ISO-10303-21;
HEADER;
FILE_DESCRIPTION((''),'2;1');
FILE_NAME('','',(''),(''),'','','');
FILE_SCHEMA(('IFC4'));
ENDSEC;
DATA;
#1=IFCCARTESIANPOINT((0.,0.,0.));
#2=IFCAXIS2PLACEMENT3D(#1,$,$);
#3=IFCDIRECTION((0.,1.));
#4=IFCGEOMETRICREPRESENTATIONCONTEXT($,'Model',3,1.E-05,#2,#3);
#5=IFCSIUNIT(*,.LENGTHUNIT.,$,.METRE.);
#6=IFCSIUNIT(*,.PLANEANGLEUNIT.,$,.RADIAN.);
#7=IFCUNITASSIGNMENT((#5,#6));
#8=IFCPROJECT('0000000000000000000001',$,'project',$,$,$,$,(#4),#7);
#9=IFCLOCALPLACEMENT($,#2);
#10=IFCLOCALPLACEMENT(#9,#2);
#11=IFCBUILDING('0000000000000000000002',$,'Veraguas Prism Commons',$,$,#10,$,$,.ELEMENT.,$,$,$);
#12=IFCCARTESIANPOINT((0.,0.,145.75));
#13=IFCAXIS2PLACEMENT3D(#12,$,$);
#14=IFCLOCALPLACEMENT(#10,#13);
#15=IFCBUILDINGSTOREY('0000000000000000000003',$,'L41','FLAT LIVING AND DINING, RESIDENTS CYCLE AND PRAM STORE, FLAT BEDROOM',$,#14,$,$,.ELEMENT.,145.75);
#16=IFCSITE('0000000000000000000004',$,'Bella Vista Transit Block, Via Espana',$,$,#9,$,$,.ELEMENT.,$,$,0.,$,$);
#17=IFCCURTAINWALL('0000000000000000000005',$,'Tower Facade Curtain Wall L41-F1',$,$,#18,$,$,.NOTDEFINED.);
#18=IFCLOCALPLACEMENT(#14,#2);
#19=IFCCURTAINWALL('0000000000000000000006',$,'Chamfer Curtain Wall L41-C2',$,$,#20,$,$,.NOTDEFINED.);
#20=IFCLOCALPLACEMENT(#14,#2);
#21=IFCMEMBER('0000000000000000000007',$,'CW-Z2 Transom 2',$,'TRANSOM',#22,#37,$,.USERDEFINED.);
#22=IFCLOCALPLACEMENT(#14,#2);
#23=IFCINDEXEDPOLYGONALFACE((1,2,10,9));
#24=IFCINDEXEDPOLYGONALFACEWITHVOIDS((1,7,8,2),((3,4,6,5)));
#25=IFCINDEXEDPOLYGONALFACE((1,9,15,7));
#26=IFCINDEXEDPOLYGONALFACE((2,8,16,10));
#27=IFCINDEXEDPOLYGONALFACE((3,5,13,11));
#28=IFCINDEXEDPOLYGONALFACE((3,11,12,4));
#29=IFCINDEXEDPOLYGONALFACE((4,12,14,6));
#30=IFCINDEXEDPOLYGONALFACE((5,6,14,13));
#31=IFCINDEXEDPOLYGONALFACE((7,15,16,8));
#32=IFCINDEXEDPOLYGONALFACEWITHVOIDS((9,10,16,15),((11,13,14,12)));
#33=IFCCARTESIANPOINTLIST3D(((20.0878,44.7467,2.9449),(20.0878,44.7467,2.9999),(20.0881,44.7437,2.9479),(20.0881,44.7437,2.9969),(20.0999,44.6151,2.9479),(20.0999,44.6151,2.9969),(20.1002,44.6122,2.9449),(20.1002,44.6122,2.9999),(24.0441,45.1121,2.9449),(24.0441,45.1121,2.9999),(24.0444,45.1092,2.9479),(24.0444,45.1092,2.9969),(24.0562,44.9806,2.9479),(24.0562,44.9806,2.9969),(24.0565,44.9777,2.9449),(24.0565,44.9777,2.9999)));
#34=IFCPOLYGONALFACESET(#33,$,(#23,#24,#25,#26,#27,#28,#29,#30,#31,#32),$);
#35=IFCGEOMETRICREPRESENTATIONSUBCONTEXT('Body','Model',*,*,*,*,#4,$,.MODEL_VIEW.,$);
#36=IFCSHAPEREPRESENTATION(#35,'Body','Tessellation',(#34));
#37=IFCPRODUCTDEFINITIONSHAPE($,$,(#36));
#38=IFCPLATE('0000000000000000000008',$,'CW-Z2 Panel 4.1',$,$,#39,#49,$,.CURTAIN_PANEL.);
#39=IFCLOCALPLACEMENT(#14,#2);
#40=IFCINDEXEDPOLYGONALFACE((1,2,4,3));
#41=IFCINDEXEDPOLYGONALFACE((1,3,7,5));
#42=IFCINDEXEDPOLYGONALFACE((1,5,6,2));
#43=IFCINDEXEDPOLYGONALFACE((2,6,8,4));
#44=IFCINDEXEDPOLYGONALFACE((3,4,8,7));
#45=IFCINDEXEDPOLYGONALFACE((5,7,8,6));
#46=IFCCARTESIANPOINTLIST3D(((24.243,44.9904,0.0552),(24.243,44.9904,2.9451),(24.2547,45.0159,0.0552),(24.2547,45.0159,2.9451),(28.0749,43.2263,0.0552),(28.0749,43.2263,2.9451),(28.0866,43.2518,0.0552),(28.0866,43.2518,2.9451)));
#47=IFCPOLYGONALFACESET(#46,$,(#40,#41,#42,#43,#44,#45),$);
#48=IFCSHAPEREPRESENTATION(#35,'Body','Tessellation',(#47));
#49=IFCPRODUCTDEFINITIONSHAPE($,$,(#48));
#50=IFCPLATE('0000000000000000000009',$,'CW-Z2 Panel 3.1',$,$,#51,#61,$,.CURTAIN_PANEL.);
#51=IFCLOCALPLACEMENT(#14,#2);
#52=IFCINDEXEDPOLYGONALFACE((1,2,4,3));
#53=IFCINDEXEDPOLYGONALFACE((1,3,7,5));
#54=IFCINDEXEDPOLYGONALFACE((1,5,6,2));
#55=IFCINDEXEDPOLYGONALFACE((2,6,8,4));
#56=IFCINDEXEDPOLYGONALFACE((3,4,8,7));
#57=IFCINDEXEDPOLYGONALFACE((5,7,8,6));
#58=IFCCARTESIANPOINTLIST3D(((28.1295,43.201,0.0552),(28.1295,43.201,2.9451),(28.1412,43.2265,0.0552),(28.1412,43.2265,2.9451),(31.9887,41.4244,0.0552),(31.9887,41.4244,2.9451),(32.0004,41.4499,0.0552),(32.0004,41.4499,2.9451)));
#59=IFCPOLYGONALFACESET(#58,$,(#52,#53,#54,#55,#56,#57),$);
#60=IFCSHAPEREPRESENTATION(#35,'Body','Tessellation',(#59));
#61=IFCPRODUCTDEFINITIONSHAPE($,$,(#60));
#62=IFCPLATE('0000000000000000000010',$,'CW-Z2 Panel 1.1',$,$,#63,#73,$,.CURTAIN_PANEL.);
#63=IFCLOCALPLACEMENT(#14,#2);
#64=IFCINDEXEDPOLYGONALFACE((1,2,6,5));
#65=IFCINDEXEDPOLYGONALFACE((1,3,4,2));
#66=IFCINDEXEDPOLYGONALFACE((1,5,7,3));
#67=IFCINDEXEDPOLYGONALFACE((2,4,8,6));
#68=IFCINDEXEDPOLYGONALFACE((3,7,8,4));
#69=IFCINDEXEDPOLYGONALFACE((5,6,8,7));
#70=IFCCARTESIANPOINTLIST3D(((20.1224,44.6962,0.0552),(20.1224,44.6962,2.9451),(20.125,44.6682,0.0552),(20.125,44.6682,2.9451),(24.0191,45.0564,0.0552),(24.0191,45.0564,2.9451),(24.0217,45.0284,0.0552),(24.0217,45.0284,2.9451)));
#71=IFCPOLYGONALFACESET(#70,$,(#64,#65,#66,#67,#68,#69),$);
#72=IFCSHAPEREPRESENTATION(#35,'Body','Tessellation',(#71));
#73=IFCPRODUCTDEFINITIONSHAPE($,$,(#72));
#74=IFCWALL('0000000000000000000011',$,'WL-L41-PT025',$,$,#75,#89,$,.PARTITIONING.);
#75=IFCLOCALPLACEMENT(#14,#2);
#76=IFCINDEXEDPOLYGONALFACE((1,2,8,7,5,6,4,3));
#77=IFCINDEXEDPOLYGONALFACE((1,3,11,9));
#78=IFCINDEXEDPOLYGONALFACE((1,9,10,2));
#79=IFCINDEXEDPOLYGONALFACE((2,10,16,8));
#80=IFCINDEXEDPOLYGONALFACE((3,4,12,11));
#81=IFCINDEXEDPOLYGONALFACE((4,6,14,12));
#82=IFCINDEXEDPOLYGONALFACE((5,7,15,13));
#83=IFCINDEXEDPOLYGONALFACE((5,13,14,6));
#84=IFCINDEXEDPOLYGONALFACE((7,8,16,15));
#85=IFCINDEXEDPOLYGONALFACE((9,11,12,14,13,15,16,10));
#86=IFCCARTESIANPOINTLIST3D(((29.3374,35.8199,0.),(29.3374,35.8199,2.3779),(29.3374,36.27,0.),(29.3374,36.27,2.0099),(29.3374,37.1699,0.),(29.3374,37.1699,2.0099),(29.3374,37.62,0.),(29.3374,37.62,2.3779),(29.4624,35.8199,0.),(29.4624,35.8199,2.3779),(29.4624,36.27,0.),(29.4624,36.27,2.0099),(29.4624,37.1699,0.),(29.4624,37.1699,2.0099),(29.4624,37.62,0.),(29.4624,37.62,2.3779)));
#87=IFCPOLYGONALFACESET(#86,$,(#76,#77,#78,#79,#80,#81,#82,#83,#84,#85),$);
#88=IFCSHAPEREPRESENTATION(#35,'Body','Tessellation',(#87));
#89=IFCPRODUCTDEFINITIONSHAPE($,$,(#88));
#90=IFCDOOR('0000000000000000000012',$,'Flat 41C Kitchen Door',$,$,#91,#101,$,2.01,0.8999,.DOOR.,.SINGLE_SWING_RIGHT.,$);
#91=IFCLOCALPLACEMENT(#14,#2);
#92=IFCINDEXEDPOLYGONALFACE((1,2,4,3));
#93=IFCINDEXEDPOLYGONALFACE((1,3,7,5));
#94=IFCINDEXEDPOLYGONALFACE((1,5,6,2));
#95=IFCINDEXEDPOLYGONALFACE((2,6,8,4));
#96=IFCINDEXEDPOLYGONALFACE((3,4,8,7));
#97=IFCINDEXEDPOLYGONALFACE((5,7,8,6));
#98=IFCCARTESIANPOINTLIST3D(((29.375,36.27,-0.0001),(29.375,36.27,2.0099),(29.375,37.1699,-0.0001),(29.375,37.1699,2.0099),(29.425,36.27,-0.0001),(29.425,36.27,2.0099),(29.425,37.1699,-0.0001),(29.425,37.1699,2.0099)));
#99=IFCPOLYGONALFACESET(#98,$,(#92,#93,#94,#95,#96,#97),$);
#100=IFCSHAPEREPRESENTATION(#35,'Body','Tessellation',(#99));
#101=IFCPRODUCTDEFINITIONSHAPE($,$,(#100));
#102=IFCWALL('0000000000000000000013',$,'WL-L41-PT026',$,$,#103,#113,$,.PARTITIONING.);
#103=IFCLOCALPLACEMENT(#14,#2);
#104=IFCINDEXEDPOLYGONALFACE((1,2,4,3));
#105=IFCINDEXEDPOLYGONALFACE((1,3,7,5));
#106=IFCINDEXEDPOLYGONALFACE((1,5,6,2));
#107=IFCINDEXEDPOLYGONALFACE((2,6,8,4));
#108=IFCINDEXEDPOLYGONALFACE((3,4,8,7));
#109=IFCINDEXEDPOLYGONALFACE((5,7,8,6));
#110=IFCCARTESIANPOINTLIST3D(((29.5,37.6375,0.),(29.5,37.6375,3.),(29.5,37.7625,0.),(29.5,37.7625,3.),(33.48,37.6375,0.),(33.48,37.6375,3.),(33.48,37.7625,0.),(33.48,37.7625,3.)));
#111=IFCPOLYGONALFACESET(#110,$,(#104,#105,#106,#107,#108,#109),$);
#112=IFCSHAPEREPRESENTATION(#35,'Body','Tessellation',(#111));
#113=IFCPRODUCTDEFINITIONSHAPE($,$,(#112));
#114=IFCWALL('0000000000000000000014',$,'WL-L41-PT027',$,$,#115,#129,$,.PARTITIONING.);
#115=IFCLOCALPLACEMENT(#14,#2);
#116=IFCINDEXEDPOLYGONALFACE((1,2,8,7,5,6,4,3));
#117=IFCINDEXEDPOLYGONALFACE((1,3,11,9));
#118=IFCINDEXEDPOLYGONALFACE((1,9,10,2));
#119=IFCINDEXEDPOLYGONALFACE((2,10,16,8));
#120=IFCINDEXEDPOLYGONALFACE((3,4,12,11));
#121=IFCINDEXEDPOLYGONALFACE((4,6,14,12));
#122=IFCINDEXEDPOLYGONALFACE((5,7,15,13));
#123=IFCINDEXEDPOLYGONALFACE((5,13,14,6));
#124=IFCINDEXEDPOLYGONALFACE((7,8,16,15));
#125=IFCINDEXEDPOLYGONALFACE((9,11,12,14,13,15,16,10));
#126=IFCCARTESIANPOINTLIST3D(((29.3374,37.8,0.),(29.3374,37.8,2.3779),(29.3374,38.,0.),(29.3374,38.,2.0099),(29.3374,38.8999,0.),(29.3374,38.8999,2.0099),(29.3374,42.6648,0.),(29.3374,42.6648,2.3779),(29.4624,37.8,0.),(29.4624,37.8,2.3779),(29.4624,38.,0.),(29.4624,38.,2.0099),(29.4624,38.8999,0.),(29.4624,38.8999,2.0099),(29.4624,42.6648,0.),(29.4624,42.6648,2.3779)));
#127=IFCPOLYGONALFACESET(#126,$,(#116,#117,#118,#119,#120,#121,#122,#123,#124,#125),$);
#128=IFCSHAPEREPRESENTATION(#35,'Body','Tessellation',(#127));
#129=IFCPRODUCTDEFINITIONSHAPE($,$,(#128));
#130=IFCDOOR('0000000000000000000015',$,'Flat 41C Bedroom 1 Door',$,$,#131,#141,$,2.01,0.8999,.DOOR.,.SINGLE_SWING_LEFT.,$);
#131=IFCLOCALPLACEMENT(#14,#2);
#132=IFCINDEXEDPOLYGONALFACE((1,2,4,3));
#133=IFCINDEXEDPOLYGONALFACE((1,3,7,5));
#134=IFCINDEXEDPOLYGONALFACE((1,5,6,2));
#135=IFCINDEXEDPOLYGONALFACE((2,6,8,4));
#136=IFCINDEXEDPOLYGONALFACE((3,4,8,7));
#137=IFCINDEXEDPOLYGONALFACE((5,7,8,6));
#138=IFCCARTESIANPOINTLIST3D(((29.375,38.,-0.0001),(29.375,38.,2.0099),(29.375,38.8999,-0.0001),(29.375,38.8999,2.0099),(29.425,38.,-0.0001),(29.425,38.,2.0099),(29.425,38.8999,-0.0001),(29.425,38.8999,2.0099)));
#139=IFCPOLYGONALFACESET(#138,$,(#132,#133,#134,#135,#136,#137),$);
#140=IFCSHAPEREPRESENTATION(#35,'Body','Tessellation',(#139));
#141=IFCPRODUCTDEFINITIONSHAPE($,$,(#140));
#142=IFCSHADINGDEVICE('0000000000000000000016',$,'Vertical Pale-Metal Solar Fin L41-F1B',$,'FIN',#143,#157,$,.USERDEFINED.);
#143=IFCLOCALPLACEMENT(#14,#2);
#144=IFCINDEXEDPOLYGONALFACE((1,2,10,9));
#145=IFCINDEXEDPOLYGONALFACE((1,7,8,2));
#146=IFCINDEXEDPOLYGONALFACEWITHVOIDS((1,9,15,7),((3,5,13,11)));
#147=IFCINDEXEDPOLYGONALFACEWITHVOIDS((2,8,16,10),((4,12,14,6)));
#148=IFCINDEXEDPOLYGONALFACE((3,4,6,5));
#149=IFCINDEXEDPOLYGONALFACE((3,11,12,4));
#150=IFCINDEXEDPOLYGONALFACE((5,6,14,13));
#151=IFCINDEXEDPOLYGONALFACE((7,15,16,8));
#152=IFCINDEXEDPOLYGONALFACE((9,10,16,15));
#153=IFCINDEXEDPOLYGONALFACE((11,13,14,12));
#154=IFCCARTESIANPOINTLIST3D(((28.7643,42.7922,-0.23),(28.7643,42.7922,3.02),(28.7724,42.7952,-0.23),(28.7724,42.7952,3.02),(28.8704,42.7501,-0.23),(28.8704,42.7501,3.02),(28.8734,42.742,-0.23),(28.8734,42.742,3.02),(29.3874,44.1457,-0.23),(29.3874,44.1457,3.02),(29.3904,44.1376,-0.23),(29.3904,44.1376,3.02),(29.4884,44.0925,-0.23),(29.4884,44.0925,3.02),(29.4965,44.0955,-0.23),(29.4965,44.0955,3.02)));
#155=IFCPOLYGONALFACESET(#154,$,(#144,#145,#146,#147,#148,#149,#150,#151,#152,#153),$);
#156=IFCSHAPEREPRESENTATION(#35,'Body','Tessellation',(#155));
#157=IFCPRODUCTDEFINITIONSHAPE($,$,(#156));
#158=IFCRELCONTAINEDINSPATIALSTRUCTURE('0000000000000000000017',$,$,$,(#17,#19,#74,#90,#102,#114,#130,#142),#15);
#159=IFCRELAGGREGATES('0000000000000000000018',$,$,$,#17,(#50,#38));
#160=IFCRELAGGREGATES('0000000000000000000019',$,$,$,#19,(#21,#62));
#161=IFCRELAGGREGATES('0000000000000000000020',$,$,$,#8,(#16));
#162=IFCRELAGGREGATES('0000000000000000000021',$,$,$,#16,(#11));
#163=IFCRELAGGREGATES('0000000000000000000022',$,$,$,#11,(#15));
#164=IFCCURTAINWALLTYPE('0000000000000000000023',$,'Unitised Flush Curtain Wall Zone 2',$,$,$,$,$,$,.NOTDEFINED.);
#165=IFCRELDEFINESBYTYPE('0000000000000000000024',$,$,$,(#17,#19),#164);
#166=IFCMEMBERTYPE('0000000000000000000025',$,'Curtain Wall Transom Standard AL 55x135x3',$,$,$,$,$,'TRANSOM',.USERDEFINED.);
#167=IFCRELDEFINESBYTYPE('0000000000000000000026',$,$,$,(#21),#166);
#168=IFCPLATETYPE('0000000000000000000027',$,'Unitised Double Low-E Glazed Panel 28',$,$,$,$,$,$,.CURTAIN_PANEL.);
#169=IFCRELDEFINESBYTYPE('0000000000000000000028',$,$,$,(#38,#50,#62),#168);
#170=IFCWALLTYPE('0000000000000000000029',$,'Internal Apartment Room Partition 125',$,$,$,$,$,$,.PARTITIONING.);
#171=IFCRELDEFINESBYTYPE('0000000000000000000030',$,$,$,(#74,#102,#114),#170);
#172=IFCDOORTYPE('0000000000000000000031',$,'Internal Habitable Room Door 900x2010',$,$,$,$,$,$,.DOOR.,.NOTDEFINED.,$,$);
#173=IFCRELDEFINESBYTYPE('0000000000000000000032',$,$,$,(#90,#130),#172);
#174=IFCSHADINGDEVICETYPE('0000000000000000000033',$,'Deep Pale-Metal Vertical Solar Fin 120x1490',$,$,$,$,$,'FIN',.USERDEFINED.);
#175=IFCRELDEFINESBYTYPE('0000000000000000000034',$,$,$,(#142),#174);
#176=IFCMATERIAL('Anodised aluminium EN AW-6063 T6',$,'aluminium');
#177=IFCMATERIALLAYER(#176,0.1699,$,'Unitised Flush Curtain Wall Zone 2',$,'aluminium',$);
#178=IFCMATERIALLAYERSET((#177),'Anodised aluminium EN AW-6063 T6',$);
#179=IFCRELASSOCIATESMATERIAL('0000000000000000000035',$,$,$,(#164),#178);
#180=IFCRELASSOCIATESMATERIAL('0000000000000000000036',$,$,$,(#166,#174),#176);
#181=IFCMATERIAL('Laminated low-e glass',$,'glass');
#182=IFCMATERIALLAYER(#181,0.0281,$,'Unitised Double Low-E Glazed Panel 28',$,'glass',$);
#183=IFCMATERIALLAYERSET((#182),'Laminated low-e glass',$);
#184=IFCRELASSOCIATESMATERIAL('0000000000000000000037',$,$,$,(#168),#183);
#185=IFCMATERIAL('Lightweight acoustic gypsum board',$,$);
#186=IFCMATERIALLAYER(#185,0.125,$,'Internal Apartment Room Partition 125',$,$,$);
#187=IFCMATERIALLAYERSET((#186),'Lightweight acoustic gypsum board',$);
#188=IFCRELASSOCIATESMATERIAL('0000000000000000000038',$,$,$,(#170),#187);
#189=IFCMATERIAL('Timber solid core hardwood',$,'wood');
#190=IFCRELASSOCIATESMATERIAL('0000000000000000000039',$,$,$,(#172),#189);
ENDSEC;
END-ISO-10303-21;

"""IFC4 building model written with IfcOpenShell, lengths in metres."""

from ifc_helpers import new_model, si_unit, direction, frame, frame_2d, origin, origin_2d, place, context, subcontext, project, spatial, rectangle, hollow_rectangle, extrude, source, transform, mapped, material, layer, layer_set, material_profile, profile_set, type_object, element, fill, aggregate, save


model = new_model("IFC4")

# Units and contexts
model_context = context("Model", 3, precision=1e-05, world=origin(), true_north=direction((0.0, 1.0)))
body_context = subcontext(model_context, "Body", "Model", "MODEL_VIEW")
ifc_project = project(units=[si_unit("LENGTHUNIT", "METRE"), si_unit("PLANEANGLEUNIT", "RADIAN")], contexts=[model_context])

# Site, building, storey
site_placement = place(None, origin())
site = spatial("IfcSite", under=ifc_project, at=site_placement, Name="Bella Vista Transit Block, Via Espana", CompositionType="ELEMENT", RefElevation=0.0)
building_placement = place(site_placement, origin())
building = spatial("IfcBuilding", under=site, at=building_placement, Name="Veraguas Prism Commons", CompositionType="ELEMENT")
storey_placement = place(building_placement, frame((0.0, 0.0, 145.75)))
storey = spatial("IfcBuildingStorey", under=building, at=storey_placement, Name="L41", Description="FLAT LIVING AND DINING, RESIDENTS CYCLE AND PRAM STORE, FLAT BEDROOM", CompositionType="ELEMENT", Elevation=145.75)

# Curtain walls, member
ifc_material_1 = material(Name="Anodised aluminium EN AW-6063 T6", Category="aluminium")
ifc_layer_1 = layer(ifc_material_1, 0.1699, Name="Unitised Flush Curtain Wall Zone 2", Category="aluminium")
ifc_layer_set_1 = layer_set([ifc_layer_1], Name="Anodised aluminium EN AW-6063 T6")
curtain_wall_type = type_object("IfcCurtainWallType", Name="Unitised Flush Curtain Wall Zone 2", PredefinedType="NOTDEFINED", material=ifc_layer_set_1)
curtain_wall_1_placement = place(storey_placement, origin())
curtain_wall_1 = element("IfcCurtainWall", 1, at=curtain_wall_1_placement, inside=storey, type_object=curtain_wall_type, Name="Tower Facade Curtain Wall L41-F1", PredefinedType="NOTDEFINED")
curtain_wall_2_placement = place(storey_placement, origin())
curtain_wall_2 = element("IfcCurtainWall", 2, at=curtain_wall_2_placement, inside=storey, type_object=curtain_wall_type, Name="Chamfer Curtain Wall L41-C2", PredefinedType="NOTDEFINED")
ifc_material_profile_1 = material_profile(ifc_material_1, hollow_rectangle(XDim=0.0549, YDim=0.135, WallThickness=0.0029, at=origin_2d()), Name="AL55X135X3")
ifc_profile_set_1 = profile_set([ifc_material_profile_1], Name="Anodised aluminium EN AW-6063 T6")
member_type_1 = type_object("IfcMemberType", Name="Curtain Wall Transom Standard AL 55x135x3", ElementType="TRANSOM", PredefinedType="USERDEFINED", material=ifc_profile_set_1)
shared_shape_1 = source(origin(), body_context, "Body", "SweptSolid", [
    extrude(hollow_rectangle(XDim=0.0549, YDim=0.135, WallThickness=0.0029, at=origin_2d()), origin(), (0.0, 0.0, 1.0), 3.9731),
])
member_1_placement = place(storey_placement, frame((24.0503, 45.0449, 2.9724), z_axis=(-0.99576, -0.091987, 0.0), x_axis=(0.0, 0.0, 1.0)))
member_1 = element("IfcMember", 3, at=member_1_placement, type_object=member_type_1, Name="CW-Z2 Transom 2", ObjectType="TRANSOM", PredefinedType="USERDEFINED", context=body_context, shape_type="MappedRepresentation", body=[
    mapped(shared_shape_1, transform((0.0, 0.0, 0.0), scale=1.0)),
])

# Plates
ifc_material_2 = material(Name="Laminated low-e glass", Category="glass")
ifc_layer_2 = layer(ifc_material_2, 0.0281, Name="Unitised Double Low-E Glazed Panel 28", Category="glass")
ifc_layer_set_2 = layer_set([ifc_layer_2], Name="Laminated low-e glass")
plate_type = type_object("IfcPlateType", Name="Unitised Double Low-E Glazed Panel 28", PredefinedType="CURTAIN_PANEL", material=ifc_layer_set_2)
shared_shape_2 = source(origin(), body_context, "Body", "SweptSolid", [
    extrude(rectangle(XDim=4.2185, YDim=0.0281, at=origin_2d()), origin(), (0.0, 0.0, 1.0), 2.8899),
])
plate_1_placement = place(storey_placement, frame((26.1648, 44.1211, 0.0552), z_axis=(0.0, 0.0, 1.0), x_axis=(-0.908363, 0.418183, 0.0)))
plate_1 = element("IfcPlate", 4, at=plate_1_placement, type_object=plate_type, Name="CW-Z2 Panel 4.1", PredefinedType="CURTAIN_PANEL", context=body_context, shape_type="MappedRepresentation", body=[
    mapped(shared_shape_2, transform((0.0, 0.0, 0.0), scale=1.0)),
])
shared_shape_3 = source(origin(), body_context, "Body", "SweptSolid", [
    extrude(rectangle(XDim=4.2485, YDim=0.0281, at=origin_2d()), origin(), (0.0, 0.0, 1.0), 2.8899),
])
plate_2_placement = place(storey_placement, frame((30.0649, 42.3254, 0.0552), z_axis=(0.0, 0.0, 1.0), x_axis=(-0.908363, 0.418183, 0.0)))
plate_2 = element("IfcPlate", 5, at=plate_2_placement, type_object=plate_type, Name="CW-Z2 Panel 3.1", PredefinedType="CURTAIN_PANEL", context=body_context, shape_type="MappedRepresentation", body=[
    mapped(shared_shape_3, transform((0.0, 0.0, 0.0), scale=1.0)),
])
aggregate(curtain_wall_1, [plate_2, plate_1])
shared_shape_4 = source(origin(), body_context, "Body", "SweptSolid", [
    extrude(rectangle(XDim=3.9133, YDim=0.0281, at=origin_2d()), origin(), (0.0, 0.0, 1.0), 2.8899),
])
plate_3_placement = place(storey_placement, frame((22.072, 44.8623, 0.0552), z_axis=(0.0, 0.0, 1.0), x_axis=(-0.995756, -0.092035, 0.0)))
plate_3 = element("IfcPlate", 6, at=plate_3_placement, type_object=plate_type, Name="CW-Z2 Panel 1.1", PredefinedType="CURTAIN_PANEL", context=body_context, shape_type="MappedRepresentation", body=[
    mapped(shared_shape_4, transform((0.0, 0.0, 0.0), scale=1.0)),
])
aggregate(curtain_wall_2, [member_1, plate_3])

# Wall, opening, door
ifc_material_3 = material(Name="Lightweight acoustic gypsum board")
ifc_layer_3 = layer(ifc_material_3, 0.125, Name="Internal Apartment Room Partition 125")
ifc_layer_set_3 = layer_set([ifc_layer_3], Name="Lightweight acoustic gypsum board")
wall_type = type_object("IfcWallType", Name="Internal Apartment Room Partition 125", PredefinedType="PARTITIONING", material=ifc_layer_set_3)
wall_1_placement = place(storey_placement, frame((29.3999, 35.8201, 0.0), z_axis=(0.0, 0.0, 1.0), x_axis=(0.0, 1.0, 0.0)))
wall_1 = element("IfcWall", 7, at=wall_1_placement, inside=storey, type_object=wall_type, Name="WL-L41-PT025", PredefinedType="PARTITIONING", context=body_context, shape_type="SweptSolid", body=[
    extrude(rectangle(XDim=1.8, YDim=0.125, at=frame_2d((0.8999, 0.0))), origin(), (0.0, 0.0, 1.0), 2.3779),
])
opening_1_placement = place(wall_1_placement, frame((0.45, 0.0, 0.0)))
opening_1 = element("IfcOpeningElement", 8, at=opening_1_placement, cuts=wall_1, PredefinedType="OPENING", context=body_context, shape_type="SweptSolid", body=[
    extrude(rectangle(XDim=0.8999, YDim=2.01, at=frame_2d((0.45, 1.0049))), frame((0.0, 0.0725, 0.0), z_axis=(0.0, -1.0, 0.0), x_axis=(1.0, 0.0, 0.0)), (0.0, 0.0, 1.0), 0.145),
])
ifc_material_4 = material(Name="Timber solid core hardwood", Category="wood")
door_type = type_object("IfcDoorType", Name="Internal Habitable Room Door 900x2010", OperationType="NOTDEFINED", PredefinedType="DOOR", material=ifc_material_4)
shared_shape_5 = source(origin(), body_context, "Body", "SweptSolid", [
    extrude(rectangle(XDim=0.8999, YDim=2.01, at=frame_2d((0.45, 1.0049))), frame((0.0, 0.0249, 0.0), z_axis=(0.0, -1.0, 0.0), x_axis=(1.0, 0.0, 0.0)), (0.0, 0.0, 1.0), 0.05),
])
door_1_placement = place(opening_1_placement, origin())
door_1 = element("IfcDoor", 9, at=door_1_placement, inside=storey, type_object=door_type, Name="Flat 41C Kitchen Door", OperationType="SINGLE_SWING_RIGHT", OverallHeight=2.01, OverallWidth=0.8999, PredefinedType="DOOR", context=body_context, shape_type="MappedRepresentation", body=[
    mapped(shared_shape_5, transform((0.0, 0.0, 0.0), scale=1.0)),
])
fill(opening_1, door_1)

# Wall
wall_2_placement = place(storey_placement, frame((29.5, 37.7, 0.0), z_axis=(0.0, 0.0, 1.0), x_axis=(1.0, 0.0, 0.0)))
element("IfcWall", 10, at=wall_2_placement, inside=storey, type_object=wall_type, Name="WL-L41-PT026", PredefinedType="PARTITIONING", context=body_context, shape_type="SweptSolid", body=[
    extrude(rectangle(XDim=3.98, YDim=0.125, at=frame_2d((1.99, 0.0))), origin(), (0.0, 0.0, 1.0), 3.0),
])

# Wall, opening, door
wall_3_placement = place(storey_placement, frame((29.3999, 37.8, 0.0), z_axis=(0.0, 0.0, 1.0), x_axis=(0.0, 1.0, 0.0)))
wall_3 = element("IfcWall", 11, at=wall_3_placement, inside=storey, type_object=wall_type, Name="WL-L41-PT027", PredefinedType="PARTITIONING", context=body_context, shape_type="SweptSolid", body=[
    extrude(rectangle(XDim=4.8647, YDim=0.125, at=frame_2d((2.4324, 0.0))), origin(), (0.0, 0.0, 1.0), 2.3779),
])
opening_2_placement = place(wall_3_placement, frame((0.2, 0.0, 0.0)))
opening_2 = element("IfcOpeningElement", 12, at=opening_2_placement, cuts=wall_3, PredefinedType="OPENING", context=body_context, shape_type="SweptSolid", body=[
    extrude(rectangle(XDim=0.8999, YDim=2.01, at=frame_2d((0.45, 1.0049))), frame((0.0, 0.0725, 0.0), z_axis=(0.0, -1.0, 0.0), x_axis=(1.0, 0.0, 0.0)), (0.0, 0.0, 1.0), 0.145),
])
door_2_placement = place(opening_2_placement, origin())
door_2 = element("IfcDoor", 13, at=door_2_placement, inside=storey, type_object=door_type, Name="Flat 41C Bedroom 1 Door", OperationType="SINGLE_SWING_LEFT", OverallHeight=2.01, OverallWidth=0.8999, PredefinedType="DOOR", context=body_context, shape_type="MappedRepresentation", body=[
    mapped(shared_shape_5, transform((0.0, 0.0, 0.0), scale=1.0)),
])
fill(opening_2, door_2)

# Shading device
ifc_material_profile_2 = material_profile(ifc_material_1, hollow_rectangle(XDim=0.1201, YDim=1.49, WallThickness=0.0061, at=origin_2d()), Name="FIN120X1490X6")
ifc_profile_set_2 = profile_set([ifc_material_profile_2], Name="Anodised aluminium EN AW-6063 T6")
shading_device_type = type_object("IfcShadingDeviceType", Name="Deep Pale-Metal Vertical Solar Fin 120x1490", ElementType="FIN", PredefinedType="USERDEFINED", material=ifc_profile_set_2)
shading_device_placement = place(storey_placement, frame((29.1304, 43.4438, -0.23), z_axis=(0.0, 0.0, 1.0), x_axis=(-0.908362, 0.418184, 0.0)))
element("IfcShadingDevice", 14, at=shading_device_placement, inside=storey, type_object=shading_device_type, Name="Vertical Pale-Metal Solar Fin L41-F1B", ObjectType="FIN", PredefinedType="USERDEFINED", context=body_context, shape_type="SweptSolid", body=[
    extrude(hollow_rectangle(XDim=0.1201, YDim=1.49, WallThickness=0.0061, at=origin_2d()), origin(), (0.0, 0.0, 1.0), 3.25),
])

save(model, "model.ifc")
